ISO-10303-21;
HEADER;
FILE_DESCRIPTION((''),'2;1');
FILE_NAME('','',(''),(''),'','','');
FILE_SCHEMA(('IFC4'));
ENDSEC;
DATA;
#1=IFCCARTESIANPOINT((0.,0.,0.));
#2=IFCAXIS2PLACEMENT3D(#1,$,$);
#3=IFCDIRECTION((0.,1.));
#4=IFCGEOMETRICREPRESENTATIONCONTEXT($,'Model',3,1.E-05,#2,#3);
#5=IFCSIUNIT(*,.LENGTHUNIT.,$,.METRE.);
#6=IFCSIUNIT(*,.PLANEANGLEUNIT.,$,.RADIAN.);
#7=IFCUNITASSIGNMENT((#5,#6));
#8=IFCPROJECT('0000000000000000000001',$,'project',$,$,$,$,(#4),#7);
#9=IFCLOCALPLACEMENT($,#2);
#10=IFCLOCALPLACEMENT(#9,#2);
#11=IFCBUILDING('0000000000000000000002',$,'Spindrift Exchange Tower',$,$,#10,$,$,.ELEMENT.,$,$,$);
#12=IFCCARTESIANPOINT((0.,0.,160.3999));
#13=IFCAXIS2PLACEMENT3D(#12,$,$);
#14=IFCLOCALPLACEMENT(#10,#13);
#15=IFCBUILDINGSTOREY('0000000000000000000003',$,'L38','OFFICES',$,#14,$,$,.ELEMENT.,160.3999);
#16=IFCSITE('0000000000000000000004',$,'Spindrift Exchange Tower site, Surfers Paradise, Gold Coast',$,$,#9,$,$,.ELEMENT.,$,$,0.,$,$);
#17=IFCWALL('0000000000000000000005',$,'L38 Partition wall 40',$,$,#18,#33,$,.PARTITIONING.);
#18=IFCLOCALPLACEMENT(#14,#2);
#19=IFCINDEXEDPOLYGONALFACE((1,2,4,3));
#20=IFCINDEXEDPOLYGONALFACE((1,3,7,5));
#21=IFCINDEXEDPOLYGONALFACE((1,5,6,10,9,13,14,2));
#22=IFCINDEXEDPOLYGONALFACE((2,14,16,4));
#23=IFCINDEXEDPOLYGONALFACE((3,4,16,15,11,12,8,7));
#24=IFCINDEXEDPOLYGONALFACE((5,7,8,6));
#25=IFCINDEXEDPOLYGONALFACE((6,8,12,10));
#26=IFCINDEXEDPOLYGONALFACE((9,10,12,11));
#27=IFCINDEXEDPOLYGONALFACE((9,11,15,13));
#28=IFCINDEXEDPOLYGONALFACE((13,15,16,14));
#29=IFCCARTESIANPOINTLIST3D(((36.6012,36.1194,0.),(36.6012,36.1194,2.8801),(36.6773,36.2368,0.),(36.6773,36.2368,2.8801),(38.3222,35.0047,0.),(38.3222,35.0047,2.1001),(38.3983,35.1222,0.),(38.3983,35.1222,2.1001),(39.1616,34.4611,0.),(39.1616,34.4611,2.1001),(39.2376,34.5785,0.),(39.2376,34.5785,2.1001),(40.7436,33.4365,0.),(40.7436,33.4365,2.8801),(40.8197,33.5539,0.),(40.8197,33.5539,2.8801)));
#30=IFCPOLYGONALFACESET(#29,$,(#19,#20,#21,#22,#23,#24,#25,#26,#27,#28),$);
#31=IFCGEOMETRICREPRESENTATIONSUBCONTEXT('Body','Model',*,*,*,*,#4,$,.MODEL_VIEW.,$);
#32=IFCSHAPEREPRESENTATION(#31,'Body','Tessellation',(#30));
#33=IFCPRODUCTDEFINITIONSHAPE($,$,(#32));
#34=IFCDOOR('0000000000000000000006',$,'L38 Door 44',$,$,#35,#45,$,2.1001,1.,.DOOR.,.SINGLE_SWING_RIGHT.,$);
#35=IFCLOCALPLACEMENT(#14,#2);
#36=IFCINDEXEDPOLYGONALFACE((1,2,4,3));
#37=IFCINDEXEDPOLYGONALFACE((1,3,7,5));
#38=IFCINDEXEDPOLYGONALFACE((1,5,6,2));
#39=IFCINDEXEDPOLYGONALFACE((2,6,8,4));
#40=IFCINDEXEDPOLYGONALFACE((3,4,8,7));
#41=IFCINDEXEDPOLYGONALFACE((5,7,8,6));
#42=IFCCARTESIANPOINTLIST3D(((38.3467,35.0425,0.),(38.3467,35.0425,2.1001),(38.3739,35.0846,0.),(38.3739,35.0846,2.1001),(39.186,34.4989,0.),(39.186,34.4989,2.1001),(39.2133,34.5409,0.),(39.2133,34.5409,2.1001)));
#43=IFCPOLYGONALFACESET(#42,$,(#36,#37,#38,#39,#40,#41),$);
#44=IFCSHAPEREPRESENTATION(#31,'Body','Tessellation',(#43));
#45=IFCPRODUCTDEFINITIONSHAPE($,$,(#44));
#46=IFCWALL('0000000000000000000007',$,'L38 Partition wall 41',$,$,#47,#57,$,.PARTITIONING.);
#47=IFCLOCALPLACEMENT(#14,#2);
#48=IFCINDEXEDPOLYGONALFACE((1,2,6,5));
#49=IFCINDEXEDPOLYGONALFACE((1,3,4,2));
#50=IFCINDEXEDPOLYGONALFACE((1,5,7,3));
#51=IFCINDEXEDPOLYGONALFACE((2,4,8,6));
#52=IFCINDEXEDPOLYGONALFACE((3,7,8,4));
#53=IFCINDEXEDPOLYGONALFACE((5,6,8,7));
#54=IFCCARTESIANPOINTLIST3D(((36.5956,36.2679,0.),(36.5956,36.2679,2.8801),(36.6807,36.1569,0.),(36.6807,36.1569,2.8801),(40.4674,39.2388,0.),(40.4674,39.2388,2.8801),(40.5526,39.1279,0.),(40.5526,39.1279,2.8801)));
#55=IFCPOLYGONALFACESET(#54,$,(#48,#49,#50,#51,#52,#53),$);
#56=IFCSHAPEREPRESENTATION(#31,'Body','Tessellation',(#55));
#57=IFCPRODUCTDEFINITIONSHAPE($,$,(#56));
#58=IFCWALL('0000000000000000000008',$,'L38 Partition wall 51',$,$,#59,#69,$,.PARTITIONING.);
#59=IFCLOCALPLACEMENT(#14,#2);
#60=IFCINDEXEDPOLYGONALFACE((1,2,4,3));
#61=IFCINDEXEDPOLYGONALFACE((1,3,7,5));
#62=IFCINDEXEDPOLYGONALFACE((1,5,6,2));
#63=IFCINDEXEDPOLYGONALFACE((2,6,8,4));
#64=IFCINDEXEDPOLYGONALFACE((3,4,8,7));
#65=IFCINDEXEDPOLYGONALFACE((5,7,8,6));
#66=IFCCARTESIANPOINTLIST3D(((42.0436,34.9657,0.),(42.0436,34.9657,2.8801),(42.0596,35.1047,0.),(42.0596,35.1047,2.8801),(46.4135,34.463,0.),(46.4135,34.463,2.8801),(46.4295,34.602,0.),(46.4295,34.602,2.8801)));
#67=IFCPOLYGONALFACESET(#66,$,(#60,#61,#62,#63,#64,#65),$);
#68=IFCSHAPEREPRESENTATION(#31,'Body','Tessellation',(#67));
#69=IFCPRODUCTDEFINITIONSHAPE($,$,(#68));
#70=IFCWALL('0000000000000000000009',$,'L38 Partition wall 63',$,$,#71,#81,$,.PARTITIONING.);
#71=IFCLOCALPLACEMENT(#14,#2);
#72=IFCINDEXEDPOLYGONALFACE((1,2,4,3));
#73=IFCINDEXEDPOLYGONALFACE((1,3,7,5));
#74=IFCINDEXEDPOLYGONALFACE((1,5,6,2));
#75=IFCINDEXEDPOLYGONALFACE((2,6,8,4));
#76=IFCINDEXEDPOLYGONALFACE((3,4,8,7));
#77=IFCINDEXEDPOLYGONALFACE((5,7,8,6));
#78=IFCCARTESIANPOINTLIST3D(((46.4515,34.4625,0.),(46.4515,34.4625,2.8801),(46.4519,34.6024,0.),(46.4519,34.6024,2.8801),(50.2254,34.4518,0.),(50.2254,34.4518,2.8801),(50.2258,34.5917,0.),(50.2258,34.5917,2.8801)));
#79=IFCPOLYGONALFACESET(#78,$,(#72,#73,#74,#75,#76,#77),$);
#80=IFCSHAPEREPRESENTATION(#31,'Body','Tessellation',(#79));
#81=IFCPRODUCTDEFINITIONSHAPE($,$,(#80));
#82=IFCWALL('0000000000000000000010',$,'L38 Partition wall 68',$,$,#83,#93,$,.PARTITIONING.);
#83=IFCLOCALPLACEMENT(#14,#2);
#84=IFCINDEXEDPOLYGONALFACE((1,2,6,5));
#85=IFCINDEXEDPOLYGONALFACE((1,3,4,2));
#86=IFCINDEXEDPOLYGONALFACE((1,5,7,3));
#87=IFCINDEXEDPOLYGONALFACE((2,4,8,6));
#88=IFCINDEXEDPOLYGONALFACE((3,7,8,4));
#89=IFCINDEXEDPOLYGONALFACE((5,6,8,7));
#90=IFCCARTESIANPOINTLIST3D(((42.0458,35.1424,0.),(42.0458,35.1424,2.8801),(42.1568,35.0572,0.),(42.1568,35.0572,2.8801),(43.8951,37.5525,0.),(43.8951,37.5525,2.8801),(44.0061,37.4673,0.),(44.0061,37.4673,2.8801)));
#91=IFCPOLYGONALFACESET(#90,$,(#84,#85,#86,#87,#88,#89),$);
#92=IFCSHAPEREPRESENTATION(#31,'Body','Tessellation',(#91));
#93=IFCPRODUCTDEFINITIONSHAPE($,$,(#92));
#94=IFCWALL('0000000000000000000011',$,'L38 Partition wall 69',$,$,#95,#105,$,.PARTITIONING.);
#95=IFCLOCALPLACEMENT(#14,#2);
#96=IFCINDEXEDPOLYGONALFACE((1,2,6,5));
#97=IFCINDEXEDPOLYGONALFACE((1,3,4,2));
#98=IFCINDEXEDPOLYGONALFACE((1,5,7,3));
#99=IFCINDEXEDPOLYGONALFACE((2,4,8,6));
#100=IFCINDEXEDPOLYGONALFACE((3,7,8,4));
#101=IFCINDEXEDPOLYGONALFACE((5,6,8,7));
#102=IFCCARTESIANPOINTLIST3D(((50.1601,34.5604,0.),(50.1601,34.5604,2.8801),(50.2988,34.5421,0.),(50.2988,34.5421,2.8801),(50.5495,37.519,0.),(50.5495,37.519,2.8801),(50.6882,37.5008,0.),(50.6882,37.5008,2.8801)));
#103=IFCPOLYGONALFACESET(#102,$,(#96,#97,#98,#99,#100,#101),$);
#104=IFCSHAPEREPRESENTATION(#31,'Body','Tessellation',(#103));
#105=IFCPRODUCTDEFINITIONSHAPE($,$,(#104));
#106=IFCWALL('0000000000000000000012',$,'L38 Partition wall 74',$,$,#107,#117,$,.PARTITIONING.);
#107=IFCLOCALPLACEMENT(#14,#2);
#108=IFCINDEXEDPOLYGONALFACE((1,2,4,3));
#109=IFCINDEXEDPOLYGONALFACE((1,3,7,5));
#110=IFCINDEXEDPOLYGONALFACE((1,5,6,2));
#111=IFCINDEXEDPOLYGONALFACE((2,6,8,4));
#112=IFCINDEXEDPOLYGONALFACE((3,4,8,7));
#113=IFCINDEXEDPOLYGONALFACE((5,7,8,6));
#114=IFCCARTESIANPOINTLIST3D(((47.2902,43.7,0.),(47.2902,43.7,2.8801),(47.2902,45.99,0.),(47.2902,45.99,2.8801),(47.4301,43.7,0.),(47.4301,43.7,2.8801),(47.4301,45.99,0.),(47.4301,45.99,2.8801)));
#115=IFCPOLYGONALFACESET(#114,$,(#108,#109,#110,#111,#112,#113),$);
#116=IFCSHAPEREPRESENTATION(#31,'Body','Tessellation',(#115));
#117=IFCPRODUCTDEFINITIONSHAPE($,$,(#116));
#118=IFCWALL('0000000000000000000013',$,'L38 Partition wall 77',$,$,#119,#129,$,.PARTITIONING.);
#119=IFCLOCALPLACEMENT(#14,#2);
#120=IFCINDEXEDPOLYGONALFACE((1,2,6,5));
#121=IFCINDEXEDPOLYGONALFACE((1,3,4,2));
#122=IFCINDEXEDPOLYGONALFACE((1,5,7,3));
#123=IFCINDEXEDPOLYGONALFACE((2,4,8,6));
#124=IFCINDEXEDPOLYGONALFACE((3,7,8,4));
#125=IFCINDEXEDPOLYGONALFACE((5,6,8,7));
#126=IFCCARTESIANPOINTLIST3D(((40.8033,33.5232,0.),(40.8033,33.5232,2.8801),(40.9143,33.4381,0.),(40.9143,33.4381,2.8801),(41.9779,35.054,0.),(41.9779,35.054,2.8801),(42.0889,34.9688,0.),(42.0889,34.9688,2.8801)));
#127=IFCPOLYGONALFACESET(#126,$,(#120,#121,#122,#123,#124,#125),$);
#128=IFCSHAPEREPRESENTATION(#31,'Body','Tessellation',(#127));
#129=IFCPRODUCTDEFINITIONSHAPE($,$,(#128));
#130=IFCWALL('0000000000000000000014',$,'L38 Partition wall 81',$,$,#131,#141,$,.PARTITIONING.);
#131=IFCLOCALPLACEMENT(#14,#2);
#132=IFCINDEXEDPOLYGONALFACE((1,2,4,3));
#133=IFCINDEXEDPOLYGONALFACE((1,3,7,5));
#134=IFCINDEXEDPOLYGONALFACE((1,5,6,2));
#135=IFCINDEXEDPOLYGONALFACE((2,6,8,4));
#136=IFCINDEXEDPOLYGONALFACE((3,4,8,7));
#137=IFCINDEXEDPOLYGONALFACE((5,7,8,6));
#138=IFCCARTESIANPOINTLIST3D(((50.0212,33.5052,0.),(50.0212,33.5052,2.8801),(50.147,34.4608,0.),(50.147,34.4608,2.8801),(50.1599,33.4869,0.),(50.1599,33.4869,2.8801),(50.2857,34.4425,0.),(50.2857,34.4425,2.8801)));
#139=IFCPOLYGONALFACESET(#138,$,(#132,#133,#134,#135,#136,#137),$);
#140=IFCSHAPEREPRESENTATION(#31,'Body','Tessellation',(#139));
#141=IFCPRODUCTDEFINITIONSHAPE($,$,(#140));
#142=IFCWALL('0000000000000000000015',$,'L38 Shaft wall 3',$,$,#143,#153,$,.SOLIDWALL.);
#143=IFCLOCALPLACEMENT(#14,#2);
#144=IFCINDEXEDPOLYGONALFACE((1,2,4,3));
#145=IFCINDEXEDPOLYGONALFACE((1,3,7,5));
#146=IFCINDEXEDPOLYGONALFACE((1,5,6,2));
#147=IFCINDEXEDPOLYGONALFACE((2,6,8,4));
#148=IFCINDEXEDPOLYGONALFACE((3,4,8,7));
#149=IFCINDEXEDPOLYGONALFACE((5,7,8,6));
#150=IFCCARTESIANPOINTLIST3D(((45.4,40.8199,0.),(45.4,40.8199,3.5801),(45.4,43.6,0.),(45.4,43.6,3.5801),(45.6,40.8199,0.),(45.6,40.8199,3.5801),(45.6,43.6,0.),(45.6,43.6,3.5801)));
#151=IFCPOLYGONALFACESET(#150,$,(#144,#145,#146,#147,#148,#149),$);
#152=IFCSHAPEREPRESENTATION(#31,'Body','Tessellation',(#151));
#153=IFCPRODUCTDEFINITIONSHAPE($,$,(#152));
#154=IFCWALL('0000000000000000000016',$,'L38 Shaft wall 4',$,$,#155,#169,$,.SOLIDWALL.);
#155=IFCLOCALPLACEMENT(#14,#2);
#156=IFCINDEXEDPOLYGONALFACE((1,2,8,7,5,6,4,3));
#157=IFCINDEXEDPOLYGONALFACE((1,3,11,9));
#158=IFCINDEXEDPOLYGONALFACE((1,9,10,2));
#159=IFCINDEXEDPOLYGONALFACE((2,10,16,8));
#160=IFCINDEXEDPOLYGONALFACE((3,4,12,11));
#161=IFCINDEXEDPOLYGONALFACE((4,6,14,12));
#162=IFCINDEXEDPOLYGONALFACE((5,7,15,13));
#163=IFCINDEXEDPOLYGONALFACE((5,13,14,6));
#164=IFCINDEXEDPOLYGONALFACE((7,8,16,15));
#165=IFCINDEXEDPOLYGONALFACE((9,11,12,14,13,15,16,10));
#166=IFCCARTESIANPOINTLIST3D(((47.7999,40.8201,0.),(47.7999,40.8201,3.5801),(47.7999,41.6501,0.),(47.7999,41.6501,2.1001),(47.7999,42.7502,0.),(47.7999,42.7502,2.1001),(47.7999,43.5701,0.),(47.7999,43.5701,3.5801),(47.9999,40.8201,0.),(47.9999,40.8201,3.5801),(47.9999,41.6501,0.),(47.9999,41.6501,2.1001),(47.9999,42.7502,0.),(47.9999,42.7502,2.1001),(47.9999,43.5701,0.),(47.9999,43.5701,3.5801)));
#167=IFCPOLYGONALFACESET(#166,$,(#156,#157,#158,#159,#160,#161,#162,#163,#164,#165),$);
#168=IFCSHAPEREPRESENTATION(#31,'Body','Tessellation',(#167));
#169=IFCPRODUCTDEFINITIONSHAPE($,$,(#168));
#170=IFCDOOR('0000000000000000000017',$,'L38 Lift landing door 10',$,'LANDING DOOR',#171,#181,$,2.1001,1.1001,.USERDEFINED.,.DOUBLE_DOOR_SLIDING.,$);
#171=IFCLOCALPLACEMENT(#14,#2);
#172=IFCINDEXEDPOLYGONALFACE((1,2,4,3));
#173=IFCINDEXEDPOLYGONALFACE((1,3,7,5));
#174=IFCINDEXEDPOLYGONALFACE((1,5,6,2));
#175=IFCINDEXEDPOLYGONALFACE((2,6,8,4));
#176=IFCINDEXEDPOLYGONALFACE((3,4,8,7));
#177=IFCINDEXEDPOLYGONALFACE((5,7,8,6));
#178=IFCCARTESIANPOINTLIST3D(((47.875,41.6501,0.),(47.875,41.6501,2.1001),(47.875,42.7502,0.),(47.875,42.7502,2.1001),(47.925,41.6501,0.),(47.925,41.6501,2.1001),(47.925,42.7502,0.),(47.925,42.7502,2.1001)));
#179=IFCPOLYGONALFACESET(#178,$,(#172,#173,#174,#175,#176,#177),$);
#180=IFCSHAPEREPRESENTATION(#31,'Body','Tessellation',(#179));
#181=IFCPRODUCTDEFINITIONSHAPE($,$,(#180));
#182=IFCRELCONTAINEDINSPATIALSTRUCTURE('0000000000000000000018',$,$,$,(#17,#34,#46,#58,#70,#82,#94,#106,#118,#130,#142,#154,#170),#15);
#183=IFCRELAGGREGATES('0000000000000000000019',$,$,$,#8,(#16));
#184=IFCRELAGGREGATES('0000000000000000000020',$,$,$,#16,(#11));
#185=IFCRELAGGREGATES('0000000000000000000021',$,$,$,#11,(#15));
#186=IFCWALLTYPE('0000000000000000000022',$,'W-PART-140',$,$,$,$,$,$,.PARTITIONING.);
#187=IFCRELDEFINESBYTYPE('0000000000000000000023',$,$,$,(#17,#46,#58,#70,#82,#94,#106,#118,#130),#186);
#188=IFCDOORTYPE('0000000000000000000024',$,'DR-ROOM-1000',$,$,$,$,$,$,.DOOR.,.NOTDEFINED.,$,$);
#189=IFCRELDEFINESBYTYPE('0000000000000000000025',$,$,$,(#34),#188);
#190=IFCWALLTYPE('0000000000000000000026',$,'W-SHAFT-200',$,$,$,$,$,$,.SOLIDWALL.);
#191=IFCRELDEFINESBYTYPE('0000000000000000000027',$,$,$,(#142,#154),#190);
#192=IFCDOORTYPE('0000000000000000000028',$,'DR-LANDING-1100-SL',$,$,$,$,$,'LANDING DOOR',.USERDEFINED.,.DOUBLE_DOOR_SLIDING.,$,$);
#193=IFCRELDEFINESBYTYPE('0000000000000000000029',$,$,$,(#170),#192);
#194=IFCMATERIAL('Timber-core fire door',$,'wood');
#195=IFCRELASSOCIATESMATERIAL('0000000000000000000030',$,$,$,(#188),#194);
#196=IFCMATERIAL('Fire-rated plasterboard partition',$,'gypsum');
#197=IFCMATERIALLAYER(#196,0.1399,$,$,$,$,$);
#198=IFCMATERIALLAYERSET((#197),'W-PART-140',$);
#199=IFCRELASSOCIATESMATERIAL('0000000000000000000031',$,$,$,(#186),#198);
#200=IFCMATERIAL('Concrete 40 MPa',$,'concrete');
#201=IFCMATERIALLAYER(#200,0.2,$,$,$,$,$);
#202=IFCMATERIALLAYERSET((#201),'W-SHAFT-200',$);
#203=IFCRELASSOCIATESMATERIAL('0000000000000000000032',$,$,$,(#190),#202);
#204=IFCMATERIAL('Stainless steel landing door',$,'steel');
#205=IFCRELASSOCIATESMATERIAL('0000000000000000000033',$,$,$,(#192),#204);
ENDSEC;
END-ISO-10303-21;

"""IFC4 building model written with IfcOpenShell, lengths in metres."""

from ifc_helpers import new_model, si_unit, direction, frame, frame_2d, origin, place, context, subcontext, project, spatial, rectangle, extrude, source, transform, mapped, material, layer, layer_set, type_object, element, fill, save


model = new_model("IFC4")

# Units and contexts
model_context = context("Model", 3, precision=1e-05, world=origin(), true_north=direction((0.0, 1.0)))
body_context = subcontext(model_context, "Body", "Model", "MODEL_VIEW")
ifc_project = project(units=[si_unit("LENGTHUNIT", "METRE"), si_unit("PLANEANGLEUNIT", "RADIAN")], contexts=[model_context])

# Site, building, storey
site_placement = place(None, origin())
site = spatial("IfcSite", under=ifc_project, at=site_placement, Name="Spindrift Exchange Tower site, Surfers Paradise, Gold Coast", CompositionType="ELEMENT", RefElevation=0.0)
building_placement = place(site_placement, origin())
building = spatial("IfcBuilding", under=site, at=building_placement, Name="Spindrift Exchange Tower", CompositionType="ELEMENT")
storey_placement = place(building_placement, frame((0.0, 0.0, 160.3999)))
storey = spatial("IfcBuildingStorey", under=building, at=storey_placement, Name="L38", Description="OFFICES", CompositionType="ELEMENT", Elevation=160.3999)

# Shared definitions
ifc_material_1 = material(Name="Timber-core fire door", Category="wood")
ifc_material_2 = material(Name="Fire-rated plasterboard partition", Category="gypsum")
door_type_1 = type_object("IfcDoorType", Name="DR-ROOM-1000", OperationType="NOTDEFINED", PredefinedType="DOOR", material=ifc_material_1)
shared_shape_1 = source(origin(), body_context, "Body", "SweptSolid", [
    extrude(rectangle(XDim=1.0, YDim=2.1001, at=frame_2d((0.5, 1.05))), frame((0.0, 0.0249, 0.0), z_axis=(0.0, -1.0, 0.0), x_axis=(1.0, 0.0, 0.0)), (0.0, 0.0, 1.0), 0.05),
])

# Shared definitions
ifc_layer_1 = layer(ifc_material_2, 0.1399)
ifc_layer_set_1 = layer_set([ifc_layer_1], Name="W-PART-140")
wall_type_1 = type_object("IfcWallType", Name="W-PART-140", PredefinedType="PARTITIONING", material=ifc_layer_set_1)

# Wall, opening, door
wall_1_placement = place(storey_placement, frame((40.7817, 33.4951, 0.0), z_axis=(0.0, 0.0, 1.0), x_axis=(-0.839336, 0.543612, 0.0)))
wall_1 = element("IfcWall", 1, at=wall_1_placement, inside=storey, type_object=wall_type_1, Name="L38 Partition wall 40", PredefinedType="PARTITIONING", context=body_context, shape_type="SweptSolid", body=[
    extrude(rectangle(XDim=4.9353, YDim=0.1399, at=frame_2d((2.4678, 0.0))), origin(), (0.0, 0.0, 1.0), 2.8801),
])
opening_1_placement = place(wall_1_placement, frame((1.885, 0.0, 0.0)))
opening_1 = element("IfcOpeningElement", 2, at=opening_1_placement, cuts=wall_1, PredefinedType="OPENING", context=body_context, shape_type="SweptSolid", body=[
    extrude(rectangle(XDim=1.0, YDim=2.1001, at=frame_2d((0.5, 1.05))), frame((0.0, 0.0798, 0.0), z_axis=(0.0, -1.0, 0.0), x_axis=(1.0, 0.0, 0.0)), (0.0, 0.0, 1.0), 0.1599),
])
door_1_placement = place(opening_1_placement, origin())
door_1 = element("IfcDoor", 3, at=door_1_placement, inside=storey, type_object=door_type_1, Name="L38 Door 44", OperationType="SINGLE_SWING_RIGHT", OverallHeight=2.1001, OverallWidth=1.0, PredefinedType="DOOR", context=body_context, shape_type="MappedRepresentation", body=[
    mapped(shared_shape_1, transform((0.0, 0.0, 0.0), scale=1.0)),
])
fill(opening_1, door_1)

# Walls
wall_2_placement = place(storey_placement, frame((40.51, 39.1833, 0.0), z_axis=(0.0, 0.0, 1.0), x_axis=(-0.793354, -0.60876, 0.0)))
element("IfcWall", 4, at=wall_2_placement, inside=storey, type_object=wall_type_1, Name="L38 Partition wall 41", PredefinedType="PARTITIONING", context=body_context, shape_type="SweptSolid", body=[
    extrude(rectangle(XDim=4.8804, YDim=0.1399, at=frame_2d((2.4402, 0.0))), origin(), (0.0, 0.0, 1.0), 2.8801),
])
wall_3_placement = place(storey_placement, frame((42.0518, 35.0352, 0.0), z_axis=(0.0, 0.0, 1.0), x_axis=(0.993448, -0.114281, 0.0)))
element("IfcWall", 5, at=wall_3_placement, inside=storey, type_object=wall_type_1, Name="L38 Partition wall 51", PredefinedType="PARTITIONING", context=body_context, shape_type="SweptSolid", body=[
    extrude(rectangle(XDim=4.3987, YDim=0.1399, at=frame_2d((2.1992, 0.0))), origin(), (0.0, 0.0, 1.0), 2.8801),
])
wall_4_placement = place(storey_placement, frame((46.4517, 34.5325, 0.0), z_axis=(0.0, 0.0, 1.0), x_axis=(0.999996, -0.002846, 0.0)))
element("IfcWall", 6, at=wall_4_placement, inside=storey, type_object=wall_type_1, Name="L38 Partition wall 63", PredefinedType="PARTITIONING", context=body_context, shape_type="SweptSolid", body=[
    extrude(rectangle(XDim=3.7739, YDim=0.1399, at=frame_2d((1.887, 0.0))), origin(), (0.0, 0.0, 1.0), 2.8801),
])
wall_5_placement = place(storey_placement, frame((43.9507, 37.51, 0.0), z_axis=(0.0, 0.0, 1.0), x_axis=(-0.608759, -0.793355, 0.0)))
element("IfcWall", 7, at=wall_5_placement, inside=storey, type_object=wall_type_1, Name="L38 Partition wall 68", PredefinedType="PARTITIONING", context=body_context, shape_type="SweptSolid", body=[
    extrude(rectangle(XDim=3.0378, YDim=0.1399, at=frame_2d((1.519, 0.0))), origin(), (0.0, 0.0, 1.0), 2.8801),
])
wall_6_placement = place(storey_placement, frame((50.6189, 37.51, 0.0), z_axis=(0.0, 0.0, 1.0), x_axis=(-0.130497, -0.991449, 0.0)))
element("IfcWall", 8, at=wall_6_placement, inside=storey, type_object=wall_type_1, Name="L38 Partition wall 69", PredefinedType="PARTITIONING", context=body_context, shape_type="SweptSolid", body=[
    extrude(rectangle(XDim=2.9841, YDim=0.1399, at=frame_2d((1.4922, 0.0))), origin(), (0.0, 0.0, 1.0), 2.8801),
])
wall_7_placement = place(storey_placement, frame((47.3601, 43.7, 0.0), z_axis=(0.0, 0.0, 1.0), x_axis=(0.0, 1.0, 0.0)))
element("IfcWall", 9, at=wall_7_placement, inside=storey, type_object=wall_type_1, Name="L38 Partition wall 74", PredefinedType="PARTITIONING", context=body_context, shape_type="SweptSolid", body=[
    extrude(rectangle(XDim=2.29, YDim=0.1399, at=frame_2d((1.145, 0.0))), origin(), (0.0, 0.0, 1.0), 2.8801),
])
wall_8_placement = place(storey_placement, frame((42.0334, 35.0115, 0.0), z_axis=(0.0, 0.0, 1.0), x_axis=(-0.60875, -0.793362, 0.0)))
element("IfcWall", 10, at=wall_8_placement, inside=storey, type_object=wall_type_1, Name="L38 Partition wall 77", PredefinedType="PARTITIONING", context=body_context, shape_type="SweptSolid", body=[
    extrude(rectangle(XDim=1.9294, YDim=0.1399, at=frame_2d((0.9648, 0.0))), origin(), (0.0, 0.0, 1.0), 2.8801),
])
wall_9_placement = place(storey_placement, frame((50.2163, 34.4517, 0.0), z_axis=(0.0, 0.0, 1.0), x_axis=(-0.130455, -0.991454, 0.0)))
element("IfcWall", 11, at=wall_9_placement, inside=storey, type_object=wall_type_1, Name="L38 Partition wall 81", PredefinedType="PARTITIONING", context=body_context, shape_type="SweptSolid", body=[
    extrude(rectangle(XDim=0.9639, YDim=0.1399, at=frame_2d((0.4819, 0.0))), origin(), (0.0, 0.0, 1.0), 2.8801),
])
ifc_material_3 = material(Name="Concrete 40 MPa", Category="concrete")
ifc_layer_2 = layer(ifc_material_3, 0.2)
ifc_layer_set_2 = layer_set([ifc_layer_2], Name="W-SHAFT-200")
wall_type_2 = type_object("IfcWallType", Name="W-SHAFT-200", PredefinedType="SOLIDWALL", material=ifc_layer_set_2)
wall_10_placement = place(storey_placement, frame((45.5, 43.6001, 0.0), z_axis=(0.0, 0.0, 1.0), x_axis=(0.0, -1.0, 0.0)))
element("IfcWall", 12, at=wall_10_placement, inside=storey, type_object=wall_type_2, Name="L38 Shaft wall 3", PredefinedType="SOLIDWALL", context=body_context, shape_type="SweptSolid", body=[
    extrude(rectangle(XDim=2.78, YDim=0.2, at=frame_2d((1.3901, 0.0))), origin(), (0.0, 0.0, 1.0), 3.5801),
])

# Wall, opening, door
wall_11_placement = place(storey_placement, frame((47.8999, 40.8201, 0.0), z_axis=(0.0, 0.0, 1.0), x_axis=(0.0, 1.0, 0.0)))
wall_11 = element("IfcWall", 13, at=wall_11_placement, inside=storey, type_object=wall_type_2, Name="L38 Shaft wall 4", PredefinedType="SOLIDWALL", context=body_context, shape_type="SweptSolid", body=[
    extrude(rectangle(XDim=2.75, YDim=0.2, at=frame_2d((1.375, 0.0))), origin(), (0.0, 0.0, 1.0), 3.5801),
])
opening_2_placement = place(wall_11_placement, frame((0.8301, 0.0, 0.0)))
opening_2 = element("IfcOpeningElement", 14, at=opening_2_placement, cuts=wall_11, PredefinedType="OPENING", context=body_context, shape_type="SweptSolid", body=[
    extrude(rectangle(XDim=1.1001, YDim=2.1001, at=frame_2d((0.55, 1.05))), frame((0.0, 0.1099, 0.0), z_axis=(0.0, -1.0, 0.0), x_axis=(1.0, 0.0, 0.0)), (0.0, 0.0, 1.0), 0.22),
])
ifc_material_4 = material(Name="Stainless steel landing door", Category="steel")
door_type_2 = type_object("IfcDoorType", Name="DR-LANDING-1100-SL", ElementType="LANDING DOOR", OperationType="DOUBLE_DOOR_SLIDING", PredefinedType="USERDEFINED", material=ifc_material_4)
shared_shape_2 = source(origin(), body_context, "Body", "SweptSolid", [
    extrude(rectangle(XDim=1.1001, YDim=2.1001, at=frame_2d((0.55, 1.05))), frame((0.0, 0.0249, 0.0), z_axis=(0.0, -1.0, 0.0), x_axis=(1.0, 0.0, 0.0)), (0.0, 0.0, 1.0), 0.05),
])
door_2_placement = place(opening_2_placement, origin())
door_2 = element("IfcDoor", 15, at=door_2_placement, inside=storey, type_object=door_type_2, Name="L38 Lift landing door 10", ObjectType="LANDING DOOR", OperationType="DOUBLE_DOOR_SLIDING", OverallHeight=2.1001, OverallWidth=1.1001, PredefinedType="USERDEFINED", context=body_context, shape_type="MappedRepresentation", body=[
    mapped(shared_shape_2, transform((0.0, 0.0, 0.0), scale=1.0)),
])
fill(opening_2, door_2)

save(model, "model.ifc")
